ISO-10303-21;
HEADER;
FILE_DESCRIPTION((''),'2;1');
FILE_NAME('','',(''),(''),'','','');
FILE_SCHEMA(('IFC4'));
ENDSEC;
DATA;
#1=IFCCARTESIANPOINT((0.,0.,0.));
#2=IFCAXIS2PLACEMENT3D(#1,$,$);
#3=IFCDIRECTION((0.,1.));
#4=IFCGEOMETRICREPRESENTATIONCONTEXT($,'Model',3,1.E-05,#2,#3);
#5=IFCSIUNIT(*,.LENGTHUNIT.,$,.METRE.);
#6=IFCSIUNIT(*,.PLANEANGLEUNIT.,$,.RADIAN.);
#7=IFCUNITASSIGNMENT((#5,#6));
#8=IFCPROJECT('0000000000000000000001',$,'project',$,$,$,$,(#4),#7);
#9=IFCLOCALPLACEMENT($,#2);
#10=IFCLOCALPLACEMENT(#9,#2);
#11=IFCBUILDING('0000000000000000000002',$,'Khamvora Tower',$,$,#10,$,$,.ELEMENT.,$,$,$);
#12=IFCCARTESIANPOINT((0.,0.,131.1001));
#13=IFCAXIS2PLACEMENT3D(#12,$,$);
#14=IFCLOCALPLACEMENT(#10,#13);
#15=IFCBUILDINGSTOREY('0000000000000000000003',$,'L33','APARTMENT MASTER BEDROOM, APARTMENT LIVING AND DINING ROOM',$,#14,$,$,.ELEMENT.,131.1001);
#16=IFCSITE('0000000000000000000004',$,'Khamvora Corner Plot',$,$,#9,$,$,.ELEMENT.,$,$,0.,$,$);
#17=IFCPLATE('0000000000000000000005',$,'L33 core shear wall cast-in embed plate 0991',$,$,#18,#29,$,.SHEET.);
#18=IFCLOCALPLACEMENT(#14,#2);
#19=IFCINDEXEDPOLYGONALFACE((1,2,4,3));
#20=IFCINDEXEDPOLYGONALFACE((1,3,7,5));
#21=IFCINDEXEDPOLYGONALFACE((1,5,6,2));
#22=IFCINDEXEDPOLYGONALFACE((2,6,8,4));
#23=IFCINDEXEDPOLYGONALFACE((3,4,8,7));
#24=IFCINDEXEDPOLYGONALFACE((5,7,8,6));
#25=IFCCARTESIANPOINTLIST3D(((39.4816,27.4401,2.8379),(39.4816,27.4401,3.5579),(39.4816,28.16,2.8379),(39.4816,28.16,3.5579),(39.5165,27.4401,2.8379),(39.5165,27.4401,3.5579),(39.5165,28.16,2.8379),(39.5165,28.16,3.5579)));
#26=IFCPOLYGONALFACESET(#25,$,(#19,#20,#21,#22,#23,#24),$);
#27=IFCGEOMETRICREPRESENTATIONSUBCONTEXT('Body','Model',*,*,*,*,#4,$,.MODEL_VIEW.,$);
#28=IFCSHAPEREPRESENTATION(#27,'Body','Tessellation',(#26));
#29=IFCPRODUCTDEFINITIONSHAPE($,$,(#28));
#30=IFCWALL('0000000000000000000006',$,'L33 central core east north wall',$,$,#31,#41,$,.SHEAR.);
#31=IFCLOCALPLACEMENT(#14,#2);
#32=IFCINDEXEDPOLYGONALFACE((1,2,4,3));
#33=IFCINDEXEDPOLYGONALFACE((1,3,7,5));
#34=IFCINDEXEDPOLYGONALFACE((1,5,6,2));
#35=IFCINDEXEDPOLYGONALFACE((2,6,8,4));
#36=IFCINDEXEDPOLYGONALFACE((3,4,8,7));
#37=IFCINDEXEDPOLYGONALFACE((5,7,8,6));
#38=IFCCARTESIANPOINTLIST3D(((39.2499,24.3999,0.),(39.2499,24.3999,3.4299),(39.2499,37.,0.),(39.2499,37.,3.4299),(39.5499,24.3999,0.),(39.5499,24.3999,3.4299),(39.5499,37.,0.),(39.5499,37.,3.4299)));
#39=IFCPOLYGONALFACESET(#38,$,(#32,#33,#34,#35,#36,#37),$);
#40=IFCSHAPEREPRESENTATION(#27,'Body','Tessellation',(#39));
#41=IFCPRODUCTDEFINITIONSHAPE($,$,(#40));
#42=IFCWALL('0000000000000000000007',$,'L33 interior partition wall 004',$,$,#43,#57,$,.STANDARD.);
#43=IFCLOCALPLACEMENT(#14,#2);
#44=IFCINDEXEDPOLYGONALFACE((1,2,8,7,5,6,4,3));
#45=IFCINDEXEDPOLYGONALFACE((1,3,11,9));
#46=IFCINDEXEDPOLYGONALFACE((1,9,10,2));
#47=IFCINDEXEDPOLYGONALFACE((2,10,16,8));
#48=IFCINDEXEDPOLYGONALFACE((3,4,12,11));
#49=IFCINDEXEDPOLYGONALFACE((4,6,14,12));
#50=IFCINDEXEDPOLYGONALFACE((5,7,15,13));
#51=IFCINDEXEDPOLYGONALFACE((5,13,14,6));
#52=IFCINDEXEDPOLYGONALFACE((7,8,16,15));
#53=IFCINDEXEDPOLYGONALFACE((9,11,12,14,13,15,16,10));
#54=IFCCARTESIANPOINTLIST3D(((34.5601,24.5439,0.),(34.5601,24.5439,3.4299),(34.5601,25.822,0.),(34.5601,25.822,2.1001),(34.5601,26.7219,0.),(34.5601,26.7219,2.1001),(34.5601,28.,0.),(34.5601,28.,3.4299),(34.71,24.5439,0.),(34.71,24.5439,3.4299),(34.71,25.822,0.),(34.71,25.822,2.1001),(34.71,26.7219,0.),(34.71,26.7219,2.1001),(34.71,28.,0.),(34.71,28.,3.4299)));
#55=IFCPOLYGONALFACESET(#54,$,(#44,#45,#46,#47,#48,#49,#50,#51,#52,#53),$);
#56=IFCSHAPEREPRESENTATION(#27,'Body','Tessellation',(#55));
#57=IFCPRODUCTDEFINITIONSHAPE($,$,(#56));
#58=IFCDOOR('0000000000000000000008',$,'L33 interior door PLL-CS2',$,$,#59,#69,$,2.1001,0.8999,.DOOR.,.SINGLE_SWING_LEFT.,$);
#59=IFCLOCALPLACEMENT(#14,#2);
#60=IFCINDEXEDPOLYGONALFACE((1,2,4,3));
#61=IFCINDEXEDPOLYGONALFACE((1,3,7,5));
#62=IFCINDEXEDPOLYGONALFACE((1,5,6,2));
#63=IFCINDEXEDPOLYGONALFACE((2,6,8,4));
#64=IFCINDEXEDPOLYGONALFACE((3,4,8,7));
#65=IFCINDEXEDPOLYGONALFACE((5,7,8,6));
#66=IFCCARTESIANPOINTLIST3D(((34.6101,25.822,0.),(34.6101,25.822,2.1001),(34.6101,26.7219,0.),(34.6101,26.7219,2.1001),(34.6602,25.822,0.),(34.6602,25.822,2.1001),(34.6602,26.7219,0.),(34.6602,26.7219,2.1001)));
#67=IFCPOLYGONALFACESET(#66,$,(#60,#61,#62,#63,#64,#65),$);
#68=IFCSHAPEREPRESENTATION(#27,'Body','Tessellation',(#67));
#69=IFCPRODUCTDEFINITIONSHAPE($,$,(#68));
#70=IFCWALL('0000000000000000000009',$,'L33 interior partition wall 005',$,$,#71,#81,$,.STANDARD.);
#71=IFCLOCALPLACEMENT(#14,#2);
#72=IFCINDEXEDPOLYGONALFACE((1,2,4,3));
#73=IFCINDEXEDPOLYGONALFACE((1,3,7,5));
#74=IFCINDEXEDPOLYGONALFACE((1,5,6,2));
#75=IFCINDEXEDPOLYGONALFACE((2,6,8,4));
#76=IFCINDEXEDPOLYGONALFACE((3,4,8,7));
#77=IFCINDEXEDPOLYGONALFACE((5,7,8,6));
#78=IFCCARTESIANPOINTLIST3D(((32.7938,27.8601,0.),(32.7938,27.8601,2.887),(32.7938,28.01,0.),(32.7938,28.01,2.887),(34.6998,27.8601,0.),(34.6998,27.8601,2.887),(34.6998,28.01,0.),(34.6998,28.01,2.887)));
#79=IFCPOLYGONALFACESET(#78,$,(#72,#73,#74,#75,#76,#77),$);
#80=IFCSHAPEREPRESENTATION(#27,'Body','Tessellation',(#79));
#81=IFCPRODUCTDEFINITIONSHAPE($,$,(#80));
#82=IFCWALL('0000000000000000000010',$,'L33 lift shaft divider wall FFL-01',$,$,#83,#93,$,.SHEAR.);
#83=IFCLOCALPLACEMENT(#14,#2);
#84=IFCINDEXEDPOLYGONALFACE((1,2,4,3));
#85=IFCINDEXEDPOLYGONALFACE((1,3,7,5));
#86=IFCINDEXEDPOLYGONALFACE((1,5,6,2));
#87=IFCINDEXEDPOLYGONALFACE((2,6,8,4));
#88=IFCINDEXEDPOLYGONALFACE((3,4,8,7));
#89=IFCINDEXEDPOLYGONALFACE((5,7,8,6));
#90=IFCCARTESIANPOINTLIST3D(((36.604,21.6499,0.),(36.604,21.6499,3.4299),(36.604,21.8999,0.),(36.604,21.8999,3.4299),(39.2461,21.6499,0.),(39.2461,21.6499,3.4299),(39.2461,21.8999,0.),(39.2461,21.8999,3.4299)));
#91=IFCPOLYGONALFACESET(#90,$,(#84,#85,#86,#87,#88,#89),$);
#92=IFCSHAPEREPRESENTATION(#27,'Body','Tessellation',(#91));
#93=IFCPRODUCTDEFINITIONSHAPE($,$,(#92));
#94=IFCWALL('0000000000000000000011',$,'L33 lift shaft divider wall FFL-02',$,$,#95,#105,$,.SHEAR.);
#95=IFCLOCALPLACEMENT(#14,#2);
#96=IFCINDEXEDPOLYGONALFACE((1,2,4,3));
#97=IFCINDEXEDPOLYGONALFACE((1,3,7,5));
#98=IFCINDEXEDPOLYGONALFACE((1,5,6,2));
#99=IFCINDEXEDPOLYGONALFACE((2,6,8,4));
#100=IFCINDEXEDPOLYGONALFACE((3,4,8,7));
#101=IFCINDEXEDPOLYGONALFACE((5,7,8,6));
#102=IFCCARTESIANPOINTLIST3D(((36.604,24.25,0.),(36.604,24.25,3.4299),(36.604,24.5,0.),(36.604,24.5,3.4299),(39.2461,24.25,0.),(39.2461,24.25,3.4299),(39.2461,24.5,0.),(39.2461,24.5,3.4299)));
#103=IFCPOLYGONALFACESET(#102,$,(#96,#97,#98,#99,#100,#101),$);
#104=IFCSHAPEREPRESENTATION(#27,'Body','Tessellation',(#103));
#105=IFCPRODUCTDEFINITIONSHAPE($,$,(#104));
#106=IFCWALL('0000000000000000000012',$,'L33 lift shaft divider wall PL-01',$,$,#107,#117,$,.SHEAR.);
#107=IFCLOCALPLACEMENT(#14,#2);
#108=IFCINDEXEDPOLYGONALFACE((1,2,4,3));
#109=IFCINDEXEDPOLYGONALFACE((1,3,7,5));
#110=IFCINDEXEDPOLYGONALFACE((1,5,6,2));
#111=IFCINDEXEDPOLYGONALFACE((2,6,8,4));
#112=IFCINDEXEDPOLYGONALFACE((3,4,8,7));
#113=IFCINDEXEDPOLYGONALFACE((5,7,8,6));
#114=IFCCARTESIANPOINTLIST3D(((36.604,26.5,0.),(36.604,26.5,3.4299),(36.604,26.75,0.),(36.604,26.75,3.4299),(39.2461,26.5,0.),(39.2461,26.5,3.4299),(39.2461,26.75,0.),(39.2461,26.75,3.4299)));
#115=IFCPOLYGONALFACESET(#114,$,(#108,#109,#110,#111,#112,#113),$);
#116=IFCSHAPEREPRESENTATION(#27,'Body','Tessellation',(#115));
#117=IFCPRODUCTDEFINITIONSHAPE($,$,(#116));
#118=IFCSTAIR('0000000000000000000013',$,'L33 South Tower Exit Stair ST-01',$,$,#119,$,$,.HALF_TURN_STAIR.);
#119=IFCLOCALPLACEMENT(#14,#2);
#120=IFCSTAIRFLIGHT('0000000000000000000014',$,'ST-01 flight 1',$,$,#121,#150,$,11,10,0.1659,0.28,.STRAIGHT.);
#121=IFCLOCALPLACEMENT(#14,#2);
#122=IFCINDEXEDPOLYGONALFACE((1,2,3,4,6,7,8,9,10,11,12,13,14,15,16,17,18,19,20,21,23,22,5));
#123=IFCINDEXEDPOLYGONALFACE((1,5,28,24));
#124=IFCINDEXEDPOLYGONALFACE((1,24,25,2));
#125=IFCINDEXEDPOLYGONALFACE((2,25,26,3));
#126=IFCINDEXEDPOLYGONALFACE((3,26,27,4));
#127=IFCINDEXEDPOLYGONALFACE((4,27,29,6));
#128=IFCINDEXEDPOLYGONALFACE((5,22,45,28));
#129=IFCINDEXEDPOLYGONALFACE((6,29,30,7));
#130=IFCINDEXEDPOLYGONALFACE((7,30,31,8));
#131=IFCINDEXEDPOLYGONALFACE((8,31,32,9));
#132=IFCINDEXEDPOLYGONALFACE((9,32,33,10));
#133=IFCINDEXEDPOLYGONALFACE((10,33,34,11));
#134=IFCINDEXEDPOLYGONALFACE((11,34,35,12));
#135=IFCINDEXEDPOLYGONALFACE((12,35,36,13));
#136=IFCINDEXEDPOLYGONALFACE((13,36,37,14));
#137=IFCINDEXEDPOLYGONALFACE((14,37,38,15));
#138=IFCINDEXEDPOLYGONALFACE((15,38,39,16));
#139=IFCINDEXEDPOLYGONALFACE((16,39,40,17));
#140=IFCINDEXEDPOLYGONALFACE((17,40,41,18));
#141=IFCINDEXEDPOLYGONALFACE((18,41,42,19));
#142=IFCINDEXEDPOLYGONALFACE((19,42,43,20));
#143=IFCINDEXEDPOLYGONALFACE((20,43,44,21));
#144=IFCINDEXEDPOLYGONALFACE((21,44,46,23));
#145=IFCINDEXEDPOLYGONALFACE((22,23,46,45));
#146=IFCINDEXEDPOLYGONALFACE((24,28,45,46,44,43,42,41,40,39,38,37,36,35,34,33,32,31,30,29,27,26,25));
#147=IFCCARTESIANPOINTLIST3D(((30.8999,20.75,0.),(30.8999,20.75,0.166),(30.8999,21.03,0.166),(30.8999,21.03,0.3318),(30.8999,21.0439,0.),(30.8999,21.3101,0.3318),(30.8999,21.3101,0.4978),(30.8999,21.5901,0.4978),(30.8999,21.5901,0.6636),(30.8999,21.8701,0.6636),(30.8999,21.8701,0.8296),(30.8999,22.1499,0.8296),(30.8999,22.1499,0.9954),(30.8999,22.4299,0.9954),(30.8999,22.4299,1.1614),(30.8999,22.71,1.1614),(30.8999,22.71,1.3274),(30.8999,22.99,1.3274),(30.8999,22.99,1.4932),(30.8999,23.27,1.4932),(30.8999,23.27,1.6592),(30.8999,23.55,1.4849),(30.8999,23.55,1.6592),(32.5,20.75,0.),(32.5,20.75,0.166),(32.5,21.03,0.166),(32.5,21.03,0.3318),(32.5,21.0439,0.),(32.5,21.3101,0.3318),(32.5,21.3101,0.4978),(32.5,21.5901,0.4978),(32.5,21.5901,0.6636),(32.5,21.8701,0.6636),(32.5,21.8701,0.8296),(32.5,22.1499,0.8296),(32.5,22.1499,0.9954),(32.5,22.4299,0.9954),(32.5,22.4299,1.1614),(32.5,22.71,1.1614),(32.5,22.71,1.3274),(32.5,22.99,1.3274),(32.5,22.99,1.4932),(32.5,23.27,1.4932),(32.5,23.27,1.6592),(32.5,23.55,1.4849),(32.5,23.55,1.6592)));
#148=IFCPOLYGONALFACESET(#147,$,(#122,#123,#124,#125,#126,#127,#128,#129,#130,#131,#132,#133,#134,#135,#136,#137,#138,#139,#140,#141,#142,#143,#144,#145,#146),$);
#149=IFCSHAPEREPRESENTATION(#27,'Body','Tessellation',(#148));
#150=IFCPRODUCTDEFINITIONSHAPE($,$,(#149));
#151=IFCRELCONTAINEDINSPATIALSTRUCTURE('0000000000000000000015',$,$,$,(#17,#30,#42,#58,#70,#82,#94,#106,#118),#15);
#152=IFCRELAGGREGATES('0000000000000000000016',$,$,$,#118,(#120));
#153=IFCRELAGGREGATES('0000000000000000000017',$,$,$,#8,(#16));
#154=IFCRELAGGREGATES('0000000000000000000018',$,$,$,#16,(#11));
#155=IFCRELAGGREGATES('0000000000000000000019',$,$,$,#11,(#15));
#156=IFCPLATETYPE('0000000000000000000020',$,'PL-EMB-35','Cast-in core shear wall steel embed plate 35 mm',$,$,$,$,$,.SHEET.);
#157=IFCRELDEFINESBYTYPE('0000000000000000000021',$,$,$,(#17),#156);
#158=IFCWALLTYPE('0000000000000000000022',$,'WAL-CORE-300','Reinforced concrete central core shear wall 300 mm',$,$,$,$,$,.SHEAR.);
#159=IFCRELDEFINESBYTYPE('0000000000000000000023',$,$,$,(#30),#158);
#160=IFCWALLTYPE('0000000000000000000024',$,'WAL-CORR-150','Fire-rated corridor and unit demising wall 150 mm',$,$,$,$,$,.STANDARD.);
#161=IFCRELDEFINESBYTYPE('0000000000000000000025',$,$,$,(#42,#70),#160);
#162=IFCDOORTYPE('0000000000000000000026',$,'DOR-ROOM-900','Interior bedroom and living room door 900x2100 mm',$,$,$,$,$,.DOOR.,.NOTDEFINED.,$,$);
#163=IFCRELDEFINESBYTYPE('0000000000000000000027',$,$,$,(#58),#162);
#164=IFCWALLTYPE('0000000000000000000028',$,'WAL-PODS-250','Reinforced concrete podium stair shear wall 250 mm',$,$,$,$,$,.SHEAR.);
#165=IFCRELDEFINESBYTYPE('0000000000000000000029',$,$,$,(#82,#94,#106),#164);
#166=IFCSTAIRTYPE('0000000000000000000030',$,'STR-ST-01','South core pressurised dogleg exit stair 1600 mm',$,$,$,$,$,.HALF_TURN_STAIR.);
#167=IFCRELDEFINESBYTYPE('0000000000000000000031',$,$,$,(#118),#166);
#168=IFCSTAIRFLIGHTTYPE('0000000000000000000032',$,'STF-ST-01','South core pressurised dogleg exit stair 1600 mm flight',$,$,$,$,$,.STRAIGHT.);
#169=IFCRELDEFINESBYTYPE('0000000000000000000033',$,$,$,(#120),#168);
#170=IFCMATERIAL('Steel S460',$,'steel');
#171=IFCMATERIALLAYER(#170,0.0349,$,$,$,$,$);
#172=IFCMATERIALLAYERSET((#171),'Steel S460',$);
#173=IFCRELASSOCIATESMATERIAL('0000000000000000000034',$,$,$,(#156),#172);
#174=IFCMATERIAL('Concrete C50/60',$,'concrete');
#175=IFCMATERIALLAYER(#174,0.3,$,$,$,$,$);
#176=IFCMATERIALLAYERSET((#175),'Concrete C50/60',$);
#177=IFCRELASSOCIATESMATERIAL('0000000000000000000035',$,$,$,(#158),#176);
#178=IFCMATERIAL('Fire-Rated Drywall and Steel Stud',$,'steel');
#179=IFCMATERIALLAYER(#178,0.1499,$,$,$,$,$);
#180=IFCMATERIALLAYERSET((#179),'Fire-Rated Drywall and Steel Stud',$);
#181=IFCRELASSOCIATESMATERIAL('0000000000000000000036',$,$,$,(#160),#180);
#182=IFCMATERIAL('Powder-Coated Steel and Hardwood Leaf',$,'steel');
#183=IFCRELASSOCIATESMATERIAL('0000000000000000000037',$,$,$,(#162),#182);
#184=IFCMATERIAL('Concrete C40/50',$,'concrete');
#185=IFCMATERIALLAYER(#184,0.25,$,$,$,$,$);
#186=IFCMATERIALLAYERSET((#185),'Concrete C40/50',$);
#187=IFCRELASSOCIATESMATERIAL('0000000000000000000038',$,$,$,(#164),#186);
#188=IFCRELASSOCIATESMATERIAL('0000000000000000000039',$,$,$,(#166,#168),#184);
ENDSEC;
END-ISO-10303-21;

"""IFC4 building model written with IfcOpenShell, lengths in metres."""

from ifc_helpers import new_model, si_unit, direction, frame, frame_2d, origin, origin_2d, place, context, subcontext, project, spatial, polyline, rectangle, outline, extrude, material, layer, layer_set, type_object, element, fill, aggregate, save


model = new_model("IFC4")

# Units and contexts
model_context = context("Model", 3, precision=1e-05, world=origin(), true_north=direction((0.0, 1.0)))
body_context = subcontext(model_context, "Body", "Model", "MODEL_VIEW")
ifc_project = project(units=[si_unit("LENGTHUNIT", "METRE"), si_unit("PLANEANGLEUNIT", "RADIAN")], contexts=[model_context])

# Site, building, storey
site_placement = place(None, origin())
site = spatial("IfcSite", under=ifc_project, at=site_placement, Name="Khamvora Corner Plot", CompositionType="ELEMENT", RefElevation=0.0)
building_placement = place(site_placement, origin())
building = spatial("IfcBuilding", under=site, at=building_placement, Name="Khamvora Tower", CompositionType="ELEMENT")
storey_placement = place(building_placement, frame((0.0, 0.0, 131.1001)))
storey = spatial("IfcBuildingStorey", under=building, at=storey_placement, Name="L33", Description="APARTMENT MASTER BEDROOM, APARTMENT LIVING AND DINING ROOM", CompositionType="ELEMENT", Elevation=131.1001)

# Shared definitions
ifc_material_1 = material(Name="Steel S460", Category="steel")

# Plate
ifc_layer_1 = layer(ifc_material_1, 0.0349)
ifc_layer_set_1 = layer_set([ifc_layer_1], Name="Steel S460")
plate_type = type_object("IfcPlateType", Name="PL-EMB-35", Description="Cast-in core shear wall steel embed plate 35 mm", PredefinedType="SHEET", material=ifc_layer_set_1)
for number, where, z_axis, x_axis, name in (
    (1, (39.499, 27.8, 2.8379), (0.0, 0.0, 1.0), (1.0, 0.0, 0.0), "L33 core shear wall cast-in embed plate 0991"),
):
    element("IfcPlate", number, at=place(storey_placement, frame(where, z_axis=z_axis, x_axis=x_axis)), inside=storey, type_object=plate_type, Name=name, PredefinedType="SHEET", context=body_context, shape_type="SweptSolid", body=[
        extrude(rectangle(XDim=0.0349, YDim=0.72, at=origin_2d()), origin(), (0.0, 0.0, 1.0), 0.72),
    ])

# Wall
ifc_material_2 = material(Name="Concrete C50/60", Category="concrete")
ifc_layer_2 = layer(ifc_material_2, 0.3)
ifc_layer_set_2 = layer_set([ifc_layer_2], Name="Concrete C50/60")
wall_type_1 = type_object("IfcWallType", Name="WAL-CORE-300", Description="Reinforced concrete central core shear wall 300 mm", PredefinedType="SHEAR", material=ifc_layer_set_2)
wall_1_placement = place(storey_placement, frame((39.3999, 24.3999, 0.0), z_axis=(0.0, 0.0, 1.0), x_axis=(0.0, 1.0, 0.0)))
element("IfcWall", 2, at=wall_1_placement, inside=storey, type_object=wall_type_1, Name="L33 central core east north wall", PredefinedType="SHEAR", context=body_context, shape_type="SweptSolid", body=[
    extrude(rectangle(XDim=12.6001, YDim=0.3, at=frame_2d((6.3, 0.0))), origin(), (0.0, 0.0, 1.0), 3.4299),
])

# Shared definitions
ifc_material_3 = material(Name="Powder-Coated Steel and Hardwood Leaf", Category="steel")

# Wall, opening, door
ifc_material_4 = material(Name="Fire-Rated Drywall and Steel Stud", Category="steel")
ifc_layer_3 = layer(ifc_material_4, 0.1499)
ifc_layer_set_3 = layer_set([ifc_layer_3], Name="Fire-Rated Drywall and Steel Stud")
wall_type_2 = type_object("IfcWallType", Name="WAL-CORR-150", Description="Fire-rated corridor and unit demising wall 150 mm", PredefinedType="STANDARD", material=ifc_layer_set_3)
wall_2_placement = place(storey_placement, frame((34.635, 24.5439, 0.0), z_axis=(0.0, 0.0, 1.0), x_axis=(0.0, 1.0, 0.0)))
wall_2 = element("IfcWall", 3, at=wall_2_placement, inside=storey, type_object=wall_type_2, Name="L33 interior partition wall 004", PredefinedType="STANDARD", context=body_context, shape_type="SweptSolid", body=[
    extrude(rectangle(XDim=3.4561, YDim=0.1499, at=frame_2d((1.728, 0.0))), origin(), (0.0, 0.0, 1.0), 3.4299),
])
opening_1_placement = place(wall_2_placement, frame((1.2781, 0.0, 0.0)))
opening_1 = element("IfcOpeningElement", 4, at=opening_1_placement, cuts=wall_2, PredefinedType="OPENING", context=body_context, shape_type="SweptSolid", body=[
    extrude(rectangle(XDim=0.8999, YDim=2.1001, at=frame_2d((0.45, 1.05))), frame((0.0, 0.085, 0.0), z_axis=(0.0, -1.0, 0.0), x_axis=(1.0, 0.0, 0.0)), (0.0, 0.0, 1.0), 0.1699),
])
door_type_1 = type_object("IfcDoorType", Name="DOR-ROOM-900", Description="Interior bedroom and living room door 900x2100 mm", OperationType="NOTDEFINED", PredefinedType="DOOR", material=ifc_material_3)
door_1_placement = place(opening_1_placement, origin())
door_1 = element("IfcDoor", 5, at=door_1_placement, inside=storey, type_object=door_type_1, Name="L33 interior door PLL-CS2", OperationType="SINGLE_SWING_LEFT", OverallHeight=2.1001, OverallWidth=0.8999, PredefinedType="DOOR", context=body_context, shape_type="SweptSolid", body=[
    extrude(rectangle(XDim=0.8999, YDim=2.1001, at=frame_2d((0.45, 1.05))), frame((0.0, 0.0249, 0.0), z_axis=(0.0, -1.0, 0.0), x_axis=(1.0, 0.0, 0.0)), (0.0, 0.0, 1.0), 0.05),
])
fill(opening_1, door_1)

# Walls
wall_3_placement = place(storey_placement, frame((34.7, 27.9351, 0.0), z_axis=(0.0, 0.0, 1.0), x_axis=(-1.0, 0.0, 0.0)))
element("IfcWall", 6, at=wall_3_placement, inside=storey, type_object=wall_type_2, Name="L33 interior partition wall 005", PredefinedType="STANDARD", context=body_context, shape_type="SweptSolid", body=[
    extrude(rectangle(XDim=1.906, YDim=0.1499, at=frame_2d((0.9531, 0.0))), origin(), (0.0, 0.0, 1.0), 2.887),
])
ifc_material_5 = material(Name="Concrete C40/50", Category="concrete")
ifc_layer_4 = layer(ifc_material_5, 0.25)
ifc_layer_set_4 = layer_set([ifc_layer_4], Name="Concrete C40/50")
wall_type_3 = type_object("IfcWallType", Name="WAL-PODS-250", Description="Reinforced concrete podium stair shear wall 250 mm", PredefinedType="SHEAR", material=ifc_layer_set_4)
for number, where, z_axis, x_axis, name in (
    (7, (36.604, 21.7749, 0.0), (0.0, 0.0, 1.0), (1.0, 0.0, 0.0), "L33 lift shaft divider wall FFL-01"),
    (8, (36.604, 24.375, 0.0), (0.0, 0.0, 1.0), (1.0, 0.0, 0.0), "L33 lift shaft divider wall FFL-02"),
    (9, (36.604, 26.625, 0.0), (0.0, 0.0, 1.0), (1.0, 0.0, 0.0), "L33 lift shaft divider wall PL-01"),
):
    element("IfcWall", number, at=place(storey_placement, frame(where, z_axis=z_axis, x_axis=x_axis)), inside=storey, type_object=wall_type_3, Name=name, PredefinedType="SHEAR", context=body_context, shape_type="SweptSolid", body=[
        extrude(rectangle(XDim=2.6421, YDim=0.25, at=frame_2d((1.321, 0.0))), origin(), (0.0, 0.0, 1.0), 3.4299),
    ])

# Stair, stair flight
stair_type = type_object("IfcStairType", Name="STR-ST-01", Description="South core pressurised dogleg exit stair 1600 mm", PredefinedType="HALF_TURN_STAIR", material=ifc_material_5)
stair_placement = place(storey_placement, origin())
stair = element("IfcStair", 10, at=stair_placement, inside=storey, type_object=stair_type, Name="L33 South Tower Exit Stair ST-01", PredefinedType="HALF_TURN_STAIR")
stair_flight_type = type_object("IfcStairFlightType", Name="STF-ST-01", Description="South core pressurised dogleg exit stair 1600 mm flight", PredefinedType="STRAIGHT", material=ifc_material_5)
stair_flight_placement = place(storey_placement, frame((31.7, 20.75, 0.0), z_axis=(0.0, 0.0, 1.0), x_axis=(0.0, 1.0, 0.0)))
stair_flight = element("IfcStairFlight", 11, at=stair_flight_placement, type_object=stair_flight_type, Name="ST-01 flight 1", NumberOfRisers=11, NumberOfTreads=10, PredefinedType="STRAIGHT", RiserHeight=0.1659, TreadLength=0.28, context=body_context, shape_type="SweptSolid", body=[
    extrude(outline(polyline([(0.0, 0.0), (0.0, 0.166), (0.28, 0.166), (0.28, 0.3318), (0.5601, 0.3318), (0.5601, 0.4978), (0.8401, 0.4978), (0.8401, 0.6636), (1.1201, 0.6636), (1.1201, 0.8296), (1.3999, 0.8296), (1.3999, 0.9954), (1.6799, 0.9954), (1.6799, 1.1614), (1.96, 1.1614), (1.96, 1.3274), (2.24, 1.3274), (2.24, 1.4932), (2.52, 1.4932), (2.52, 1.6592), (2.8, 1.6592), (2.8, 1.825), (2.8, 1.4849), (0.2939, 0.0), (0.0, 0.0)])), frame((0.0, 0.8, 0.0), z_axis=(0.0, -1.0, 0.0), x_axis=(1.0, 0.0, 0.0)), (0.0, 0.0, 1.0), 1.6001),
])
aggregate(stair, [stair_flight])

save(model, "model.ifc")
